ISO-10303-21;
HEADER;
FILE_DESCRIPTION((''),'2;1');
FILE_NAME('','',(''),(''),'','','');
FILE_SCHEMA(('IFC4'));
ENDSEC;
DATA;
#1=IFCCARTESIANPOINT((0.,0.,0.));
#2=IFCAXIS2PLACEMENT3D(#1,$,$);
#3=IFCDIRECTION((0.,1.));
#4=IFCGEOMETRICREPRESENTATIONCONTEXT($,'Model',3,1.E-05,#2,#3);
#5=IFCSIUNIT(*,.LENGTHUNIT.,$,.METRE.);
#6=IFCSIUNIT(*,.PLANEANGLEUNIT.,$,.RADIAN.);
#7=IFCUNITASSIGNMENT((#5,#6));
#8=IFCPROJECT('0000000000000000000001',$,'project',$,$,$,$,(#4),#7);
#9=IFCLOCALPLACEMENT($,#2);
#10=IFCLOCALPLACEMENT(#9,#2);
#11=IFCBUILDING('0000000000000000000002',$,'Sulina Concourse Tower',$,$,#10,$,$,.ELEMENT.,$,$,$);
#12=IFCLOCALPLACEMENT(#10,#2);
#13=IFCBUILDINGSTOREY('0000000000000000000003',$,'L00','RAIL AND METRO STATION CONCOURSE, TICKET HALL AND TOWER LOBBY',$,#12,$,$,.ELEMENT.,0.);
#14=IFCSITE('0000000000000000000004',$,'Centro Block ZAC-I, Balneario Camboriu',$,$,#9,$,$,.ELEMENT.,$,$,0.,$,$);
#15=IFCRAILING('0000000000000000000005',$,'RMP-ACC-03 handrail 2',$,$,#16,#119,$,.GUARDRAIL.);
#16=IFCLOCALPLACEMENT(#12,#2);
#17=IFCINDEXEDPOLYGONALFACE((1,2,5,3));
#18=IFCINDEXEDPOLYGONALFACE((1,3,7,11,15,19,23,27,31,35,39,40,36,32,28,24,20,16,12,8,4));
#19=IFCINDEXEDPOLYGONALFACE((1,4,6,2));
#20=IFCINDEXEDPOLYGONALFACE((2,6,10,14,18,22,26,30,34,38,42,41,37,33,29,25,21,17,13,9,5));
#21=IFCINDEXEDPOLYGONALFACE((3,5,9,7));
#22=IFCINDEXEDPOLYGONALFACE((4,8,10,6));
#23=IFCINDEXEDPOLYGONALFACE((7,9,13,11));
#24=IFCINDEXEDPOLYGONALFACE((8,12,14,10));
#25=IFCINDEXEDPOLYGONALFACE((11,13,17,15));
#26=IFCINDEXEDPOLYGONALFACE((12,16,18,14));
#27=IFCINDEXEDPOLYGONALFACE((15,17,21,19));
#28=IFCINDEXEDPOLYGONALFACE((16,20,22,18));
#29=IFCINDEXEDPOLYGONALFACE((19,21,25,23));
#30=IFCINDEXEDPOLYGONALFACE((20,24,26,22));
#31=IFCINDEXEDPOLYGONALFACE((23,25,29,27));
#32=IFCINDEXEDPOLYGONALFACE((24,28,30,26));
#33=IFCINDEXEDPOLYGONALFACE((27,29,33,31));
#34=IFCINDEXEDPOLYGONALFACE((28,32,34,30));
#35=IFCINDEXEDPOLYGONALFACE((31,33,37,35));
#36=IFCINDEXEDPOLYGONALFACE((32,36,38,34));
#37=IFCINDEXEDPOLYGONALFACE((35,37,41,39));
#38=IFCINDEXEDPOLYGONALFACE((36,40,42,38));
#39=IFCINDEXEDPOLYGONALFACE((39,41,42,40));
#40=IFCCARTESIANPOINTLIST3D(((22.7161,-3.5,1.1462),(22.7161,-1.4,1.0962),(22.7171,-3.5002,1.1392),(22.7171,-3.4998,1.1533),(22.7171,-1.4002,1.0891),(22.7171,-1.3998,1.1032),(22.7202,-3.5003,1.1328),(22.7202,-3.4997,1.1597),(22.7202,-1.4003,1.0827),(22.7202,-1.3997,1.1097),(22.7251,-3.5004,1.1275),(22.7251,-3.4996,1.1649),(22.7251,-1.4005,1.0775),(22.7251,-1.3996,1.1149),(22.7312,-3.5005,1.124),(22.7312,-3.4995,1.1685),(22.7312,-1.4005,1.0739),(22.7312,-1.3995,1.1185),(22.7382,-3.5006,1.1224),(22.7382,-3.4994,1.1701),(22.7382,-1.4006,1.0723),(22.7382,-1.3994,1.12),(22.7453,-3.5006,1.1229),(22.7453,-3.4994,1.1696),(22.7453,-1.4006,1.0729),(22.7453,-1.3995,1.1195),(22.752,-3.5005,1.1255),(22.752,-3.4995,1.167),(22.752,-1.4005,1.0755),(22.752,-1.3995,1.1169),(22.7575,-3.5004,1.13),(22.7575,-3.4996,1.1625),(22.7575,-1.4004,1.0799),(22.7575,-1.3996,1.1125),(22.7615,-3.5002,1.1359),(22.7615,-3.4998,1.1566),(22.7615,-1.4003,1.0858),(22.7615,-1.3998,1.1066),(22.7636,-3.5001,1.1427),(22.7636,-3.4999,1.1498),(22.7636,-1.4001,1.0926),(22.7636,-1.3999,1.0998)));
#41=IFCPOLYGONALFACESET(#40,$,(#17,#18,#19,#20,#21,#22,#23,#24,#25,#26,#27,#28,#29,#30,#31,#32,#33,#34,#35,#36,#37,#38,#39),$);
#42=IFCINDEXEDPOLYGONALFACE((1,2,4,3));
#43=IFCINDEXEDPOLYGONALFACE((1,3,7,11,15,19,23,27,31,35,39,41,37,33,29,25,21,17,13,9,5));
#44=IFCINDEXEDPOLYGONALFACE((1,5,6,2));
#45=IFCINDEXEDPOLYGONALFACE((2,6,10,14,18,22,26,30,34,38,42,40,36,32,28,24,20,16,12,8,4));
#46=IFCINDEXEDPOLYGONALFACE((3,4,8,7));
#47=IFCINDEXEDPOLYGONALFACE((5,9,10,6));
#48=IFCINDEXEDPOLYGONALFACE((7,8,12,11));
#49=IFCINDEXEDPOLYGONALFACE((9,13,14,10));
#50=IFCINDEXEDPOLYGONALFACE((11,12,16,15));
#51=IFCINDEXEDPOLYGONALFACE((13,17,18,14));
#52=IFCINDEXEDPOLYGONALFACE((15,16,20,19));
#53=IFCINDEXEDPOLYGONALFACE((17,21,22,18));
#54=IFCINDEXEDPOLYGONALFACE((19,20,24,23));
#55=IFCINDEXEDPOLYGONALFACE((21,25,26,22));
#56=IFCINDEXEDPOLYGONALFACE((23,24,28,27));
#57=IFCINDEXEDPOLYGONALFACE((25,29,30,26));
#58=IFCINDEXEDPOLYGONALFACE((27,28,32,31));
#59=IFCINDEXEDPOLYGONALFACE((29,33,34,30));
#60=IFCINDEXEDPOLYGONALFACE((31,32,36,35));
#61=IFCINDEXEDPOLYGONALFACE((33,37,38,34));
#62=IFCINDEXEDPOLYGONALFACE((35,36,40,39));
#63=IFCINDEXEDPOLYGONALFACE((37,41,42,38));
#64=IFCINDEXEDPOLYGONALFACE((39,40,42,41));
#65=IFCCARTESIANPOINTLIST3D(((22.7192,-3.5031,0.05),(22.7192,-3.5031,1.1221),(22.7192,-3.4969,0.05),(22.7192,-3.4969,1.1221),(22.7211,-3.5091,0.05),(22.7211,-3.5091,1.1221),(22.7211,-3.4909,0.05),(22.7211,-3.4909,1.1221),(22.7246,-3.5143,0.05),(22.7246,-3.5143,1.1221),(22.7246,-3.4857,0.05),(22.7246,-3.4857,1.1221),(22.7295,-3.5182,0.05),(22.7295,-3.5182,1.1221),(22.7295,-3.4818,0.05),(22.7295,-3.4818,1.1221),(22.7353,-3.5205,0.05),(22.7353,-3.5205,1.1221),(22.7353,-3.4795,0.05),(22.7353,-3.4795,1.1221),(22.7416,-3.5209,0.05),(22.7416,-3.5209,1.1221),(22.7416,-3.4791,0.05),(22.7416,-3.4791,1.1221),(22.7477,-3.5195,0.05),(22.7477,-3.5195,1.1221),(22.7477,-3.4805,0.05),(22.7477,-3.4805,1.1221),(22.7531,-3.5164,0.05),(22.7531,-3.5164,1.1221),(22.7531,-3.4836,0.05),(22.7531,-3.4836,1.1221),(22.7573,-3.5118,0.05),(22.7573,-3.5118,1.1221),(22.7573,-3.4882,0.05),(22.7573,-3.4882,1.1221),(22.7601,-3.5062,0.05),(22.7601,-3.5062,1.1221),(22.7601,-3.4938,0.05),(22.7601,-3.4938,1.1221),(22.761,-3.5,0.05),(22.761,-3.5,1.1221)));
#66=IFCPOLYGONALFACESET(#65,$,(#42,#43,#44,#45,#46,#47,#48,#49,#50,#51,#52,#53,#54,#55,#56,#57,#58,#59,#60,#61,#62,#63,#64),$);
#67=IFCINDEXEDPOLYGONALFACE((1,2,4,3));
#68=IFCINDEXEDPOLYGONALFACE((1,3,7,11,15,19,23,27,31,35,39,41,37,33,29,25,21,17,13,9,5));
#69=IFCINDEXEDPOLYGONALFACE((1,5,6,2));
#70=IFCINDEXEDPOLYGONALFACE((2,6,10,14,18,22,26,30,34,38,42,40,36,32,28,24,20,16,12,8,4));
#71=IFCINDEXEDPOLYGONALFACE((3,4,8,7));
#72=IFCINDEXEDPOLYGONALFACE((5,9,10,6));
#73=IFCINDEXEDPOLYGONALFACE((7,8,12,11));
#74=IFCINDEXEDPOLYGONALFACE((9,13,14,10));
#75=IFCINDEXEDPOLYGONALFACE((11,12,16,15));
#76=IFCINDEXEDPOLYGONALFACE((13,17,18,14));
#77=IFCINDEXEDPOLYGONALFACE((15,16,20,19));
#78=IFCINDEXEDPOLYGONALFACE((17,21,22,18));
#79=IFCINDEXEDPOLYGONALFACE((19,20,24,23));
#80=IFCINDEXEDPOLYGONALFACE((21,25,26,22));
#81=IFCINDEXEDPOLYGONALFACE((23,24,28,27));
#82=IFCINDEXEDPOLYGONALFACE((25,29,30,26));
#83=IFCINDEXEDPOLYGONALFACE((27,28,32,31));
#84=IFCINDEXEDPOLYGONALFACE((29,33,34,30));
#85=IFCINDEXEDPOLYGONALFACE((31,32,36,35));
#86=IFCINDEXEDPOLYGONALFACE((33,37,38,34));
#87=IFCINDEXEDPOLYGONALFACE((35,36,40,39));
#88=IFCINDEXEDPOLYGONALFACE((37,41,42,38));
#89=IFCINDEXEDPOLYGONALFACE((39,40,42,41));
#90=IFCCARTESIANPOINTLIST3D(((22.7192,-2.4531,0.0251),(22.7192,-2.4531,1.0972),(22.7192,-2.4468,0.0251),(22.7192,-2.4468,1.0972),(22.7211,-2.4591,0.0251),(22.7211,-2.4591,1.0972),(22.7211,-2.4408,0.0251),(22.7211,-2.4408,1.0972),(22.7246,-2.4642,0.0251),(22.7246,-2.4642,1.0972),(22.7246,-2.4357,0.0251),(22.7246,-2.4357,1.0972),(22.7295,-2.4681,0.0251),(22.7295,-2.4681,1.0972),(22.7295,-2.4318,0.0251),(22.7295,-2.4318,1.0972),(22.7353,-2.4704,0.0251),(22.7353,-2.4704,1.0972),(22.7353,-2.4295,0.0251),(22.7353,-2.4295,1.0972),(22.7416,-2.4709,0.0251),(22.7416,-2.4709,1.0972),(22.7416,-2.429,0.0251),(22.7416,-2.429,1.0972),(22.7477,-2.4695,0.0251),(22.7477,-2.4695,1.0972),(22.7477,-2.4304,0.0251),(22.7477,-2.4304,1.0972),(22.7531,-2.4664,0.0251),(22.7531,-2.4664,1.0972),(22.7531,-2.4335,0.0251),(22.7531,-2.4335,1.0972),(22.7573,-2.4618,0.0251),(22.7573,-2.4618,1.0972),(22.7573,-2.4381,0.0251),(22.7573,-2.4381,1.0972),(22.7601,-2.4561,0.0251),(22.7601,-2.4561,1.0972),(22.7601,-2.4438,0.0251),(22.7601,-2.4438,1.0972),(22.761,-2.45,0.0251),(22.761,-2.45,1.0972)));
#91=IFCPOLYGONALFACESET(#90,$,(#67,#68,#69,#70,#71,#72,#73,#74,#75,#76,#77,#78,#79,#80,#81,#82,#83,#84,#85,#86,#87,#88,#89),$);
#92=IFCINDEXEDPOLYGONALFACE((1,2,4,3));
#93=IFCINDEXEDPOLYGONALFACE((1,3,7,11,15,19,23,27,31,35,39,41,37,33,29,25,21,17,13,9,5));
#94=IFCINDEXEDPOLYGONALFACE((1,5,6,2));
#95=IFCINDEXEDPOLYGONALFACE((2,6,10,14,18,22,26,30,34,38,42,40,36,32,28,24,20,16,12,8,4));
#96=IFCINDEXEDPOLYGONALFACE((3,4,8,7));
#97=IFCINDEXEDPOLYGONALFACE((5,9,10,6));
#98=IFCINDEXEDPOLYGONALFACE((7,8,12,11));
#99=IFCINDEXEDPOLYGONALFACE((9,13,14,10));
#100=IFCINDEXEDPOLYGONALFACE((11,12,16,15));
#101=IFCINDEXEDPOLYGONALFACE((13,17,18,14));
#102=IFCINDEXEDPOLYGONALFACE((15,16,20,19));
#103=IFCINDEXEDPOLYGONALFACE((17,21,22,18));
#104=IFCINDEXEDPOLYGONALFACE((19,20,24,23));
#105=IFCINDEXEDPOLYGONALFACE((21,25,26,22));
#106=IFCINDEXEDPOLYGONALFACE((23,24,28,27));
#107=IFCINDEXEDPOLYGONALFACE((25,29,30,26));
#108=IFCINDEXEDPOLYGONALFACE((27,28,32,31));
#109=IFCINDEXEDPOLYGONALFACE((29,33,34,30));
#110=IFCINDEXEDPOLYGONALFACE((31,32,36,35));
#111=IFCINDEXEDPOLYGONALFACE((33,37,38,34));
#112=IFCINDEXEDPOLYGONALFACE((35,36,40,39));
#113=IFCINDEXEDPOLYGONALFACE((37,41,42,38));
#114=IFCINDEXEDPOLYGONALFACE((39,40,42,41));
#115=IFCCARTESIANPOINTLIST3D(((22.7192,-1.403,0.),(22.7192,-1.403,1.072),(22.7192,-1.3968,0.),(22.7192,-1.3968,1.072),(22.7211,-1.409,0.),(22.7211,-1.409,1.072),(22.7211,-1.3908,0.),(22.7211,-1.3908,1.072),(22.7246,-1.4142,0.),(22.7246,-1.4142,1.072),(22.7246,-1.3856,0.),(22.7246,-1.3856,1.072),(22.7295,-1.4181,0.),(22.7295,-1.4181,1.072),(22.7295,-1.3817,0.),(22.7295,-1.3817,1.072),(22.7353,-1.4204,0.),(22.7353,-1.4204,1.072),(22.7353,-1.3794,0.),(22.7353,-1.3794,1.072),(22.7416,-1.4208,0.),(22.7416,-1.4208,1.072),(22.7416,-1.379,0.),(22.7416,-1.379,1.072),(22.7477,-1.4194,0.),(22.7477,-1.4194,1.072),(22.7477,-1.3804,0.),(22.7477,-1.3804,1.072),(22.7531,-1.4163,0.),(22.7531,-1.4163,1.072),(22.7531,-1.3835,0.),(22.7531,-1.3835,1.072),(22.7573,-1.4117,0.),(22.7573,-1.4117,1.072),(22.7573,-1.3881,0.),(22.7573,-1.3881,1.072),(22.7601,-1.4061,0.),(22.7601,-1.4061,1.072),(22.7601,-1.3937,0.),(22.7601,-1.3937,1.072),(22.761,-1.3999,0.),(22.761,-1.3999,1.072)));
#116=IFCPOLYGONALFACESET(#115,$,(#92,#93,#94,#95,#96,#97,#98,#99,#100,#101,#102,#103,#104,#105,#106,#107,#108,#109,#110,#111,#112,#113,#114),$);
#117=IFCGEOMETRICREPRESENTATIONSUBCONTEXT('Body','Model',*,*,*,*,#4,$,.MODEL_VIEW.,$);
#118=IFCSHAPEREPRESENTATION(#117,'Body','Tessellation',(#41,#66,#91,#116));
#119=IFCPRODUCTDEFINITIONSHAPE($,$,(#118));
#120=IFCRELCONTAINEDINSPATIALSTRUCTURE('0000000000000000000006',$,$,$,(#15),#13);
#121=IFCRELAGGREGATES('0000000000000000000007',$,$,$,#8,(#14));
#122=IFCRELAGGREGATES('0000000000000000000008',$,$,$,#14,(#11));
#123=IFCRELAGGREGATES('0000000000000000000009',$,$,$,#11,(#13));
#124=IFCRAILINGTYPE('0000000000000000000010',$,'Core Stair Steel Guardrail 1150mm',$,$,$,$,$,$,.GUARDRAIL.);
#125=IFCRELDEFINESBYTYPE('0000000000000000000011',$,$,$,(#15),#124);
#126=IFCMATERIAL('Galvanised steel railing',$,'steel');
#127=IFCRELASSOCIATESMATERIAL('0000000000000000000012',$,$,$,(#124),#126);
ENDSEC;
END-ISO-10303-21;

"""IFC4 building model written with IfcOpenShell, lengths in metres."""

from ifc_helpers import new_model, si_unit, direction, frame, origin, origin_2d, place, context, subcontext, project, spatial, circle, extrude, material, type_object, element, save


model = new_model("IFC4")

# Units and contexts
model_context = context("Model", 3, precision=1e-05, world=origin(), true_north=direction((0.0, 1.0)))
body_context = subcontext(model_context, "Body", "Model", "MODEL_VIEW")
ifc_project = project(units=[si_unit("LENGTHUNIT", "METRE"), si_unit("PLANEANGLEUNIT", "RADIAN")], contexts=[model_context])

# Site, building, storey
site_placement = place(None, origin())
site = spatial("IfcSite", under=ifc_project, at=site_placement, Name="Centro Block ZAC-I, Balneario Camboriu", CompositionType="ELEMENT", RefElevation=0.0)
building_placement = place(site_placement, origin())
building = spatial("IfcBuilding", under=site, at=building_placement, Name="Sulina Concourse Tower", CompositionType="ELEMENT")
storey_placement = place(building_placement, origin())
storey = spatial("IfcBuildingStorey", under=building, at=storey_placement, Name="L00", Description="RAIL AND METRO STATION CONCOURSE, TICKET HALL AND TOWER LOBBY", CompositionType="ELEMENT", Elevation=0.0)

# Railing
ifc_material_1 = material(Name="Galvanised steel railing", Category="steel")
railing_type = type_object("IfcRailingType", Name="Core Stair Steel Guardrail 1150mm", PredefinedType="GUARDRAIL", material=ifc_material_1)
for number, where, name in (
    (1, (22.74, -3.5, 0.05), "RMP-ACC-03 handrail 2"),
):
    element("IfcRailing", number, at=place(storey_placement, frame(where)), inside=storey, type_object=railing_type, Name=name, PredefinedType="GUARDRAIL", context=body_context, shape_type="SweptSolid", body=[
        extrude(circle(Radius=0.0239, at=origin_2d()), frame((0.0, 0.0, 1.0962), z_axis=(0.0, 0.999716, -0.023825), x_axis=(-1.0, 0.0, 0.0)), (0.0, 0.0, 1.0), 2.1006),
        extrude(circle(Radius=0.021, at=origin_2d()), origin(), (0.0, 0.0, 1.0), 1.072),
        extrude(circle(Radius=0.021, at=origin_2d()), frame((0.0, 1.05, -0.0249)), (0.0, 0.0, 1.0), 1.072),
        extrude(circle(Radius=0.021, at=origin_2d()), frame((0.0, 2.1001, -0.05)), (0.0, 0.0, 1.0), 1.072),
    ])

save(model, "model.ifc")
